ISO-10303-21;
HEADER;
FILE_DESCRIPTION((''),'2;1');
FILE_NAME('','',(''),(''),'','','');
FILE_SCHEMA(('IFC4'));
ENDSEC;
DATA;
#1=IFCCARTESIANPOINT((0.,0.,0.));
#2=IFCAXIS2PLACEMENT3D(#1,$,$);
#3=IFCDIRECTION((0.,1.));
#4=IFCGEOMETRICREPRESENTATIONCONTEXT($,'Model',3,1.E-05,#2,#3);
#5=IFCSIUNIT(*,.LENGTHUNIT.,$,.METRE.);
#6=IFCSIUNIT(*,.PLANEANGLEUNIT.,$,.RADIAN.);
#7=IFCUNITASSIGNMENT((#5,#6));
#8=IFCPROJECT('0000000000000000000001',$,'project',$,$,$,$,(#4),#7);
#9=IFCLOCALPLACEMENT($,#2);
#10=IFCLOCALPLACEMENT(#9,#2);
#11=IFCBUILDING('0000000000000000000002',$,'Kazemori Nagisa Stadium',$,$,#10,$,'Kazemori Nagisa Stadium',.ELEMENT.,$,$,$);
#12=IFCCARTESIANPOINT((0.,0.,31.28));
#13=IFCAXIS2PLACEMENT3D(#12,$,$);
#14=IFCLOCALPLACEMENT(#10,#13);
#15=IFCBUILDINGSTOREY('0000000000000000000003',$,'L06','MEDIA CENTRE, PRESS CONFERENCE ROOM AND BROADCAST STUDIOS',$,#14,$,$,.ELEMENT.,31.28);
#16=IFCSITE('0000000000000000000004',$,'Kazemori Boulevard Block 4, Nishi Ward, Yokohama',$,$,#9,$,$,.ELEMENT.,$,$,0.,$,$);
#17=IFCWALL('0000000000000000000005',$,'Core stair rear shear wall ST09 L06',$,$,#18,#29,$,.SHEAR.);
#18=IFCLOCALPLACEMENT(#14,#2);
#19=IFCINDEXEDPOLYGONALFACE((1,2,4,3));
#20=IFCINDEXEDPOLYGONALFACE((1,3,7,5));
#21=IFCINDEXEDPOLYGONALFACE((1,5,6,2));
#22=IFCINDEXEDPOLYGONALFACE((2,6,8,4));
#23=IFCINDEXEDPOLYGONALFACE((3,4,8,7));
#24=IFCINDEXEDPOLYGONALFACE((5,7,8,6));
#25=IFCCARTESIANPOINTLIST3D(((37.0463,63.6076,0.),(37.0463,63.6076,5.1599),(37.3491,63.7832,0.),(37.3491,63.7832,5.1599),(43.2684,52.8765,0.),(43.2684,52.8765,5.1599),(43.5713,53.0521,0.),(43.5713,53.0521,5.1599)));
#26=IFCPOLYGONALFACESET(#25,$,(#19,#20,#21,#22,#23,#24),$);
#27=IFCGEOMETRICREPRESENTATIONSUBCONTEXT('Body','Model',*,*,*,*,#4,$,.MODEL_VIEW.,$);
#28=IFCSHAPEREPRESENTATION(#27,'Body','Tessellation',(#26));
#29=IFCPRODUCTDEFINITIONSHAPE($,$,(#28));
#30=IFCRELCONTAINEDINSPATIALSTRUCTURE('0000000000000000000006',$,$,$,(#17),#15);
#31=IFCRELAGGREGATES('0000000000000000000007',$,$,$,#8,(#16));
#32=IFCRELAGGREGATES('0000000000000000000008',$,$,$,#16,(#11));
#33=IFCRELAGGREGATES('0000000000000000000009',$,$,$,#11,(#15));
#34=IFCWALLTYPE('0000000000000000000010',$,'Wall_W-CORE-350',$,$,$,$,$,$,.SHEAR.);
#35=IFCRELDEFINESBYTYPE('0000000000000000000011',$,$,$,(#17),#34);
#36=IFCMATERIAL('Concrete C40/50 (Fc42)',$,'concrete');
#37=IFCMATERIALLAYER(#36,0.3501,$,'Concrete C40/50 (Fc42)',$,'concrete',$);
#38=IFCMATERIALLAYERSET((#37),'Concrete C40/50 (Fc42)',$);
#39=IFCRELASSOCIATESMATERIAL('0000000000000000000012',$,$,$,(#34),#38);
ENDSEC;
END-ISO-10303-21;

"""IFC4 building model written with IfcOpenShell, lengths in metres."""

from ifc_helpers import new_model, si_unit, direction, frame, frame_2d, origin, place, context, subcontext, project, spatial, rectangle, extrude, material, layer, layer_set, type_object, element, save


model = new_model("IFC4")

# Units and contexts
model_context = context("Model", 3, precision=1e-05, world=origin(), true_north=direction((0.0, 1.0)))
body_context = subcontext(model_context, "Body", "Model", "MODEL_VIEW")
ifc_project = project(units=[si_unit("LENGTHUNIT", "METRE"), si_unit("PLANEANGLEUNIT", "RADIAN")], contexts=[model_context])

# Site, building, storey
site_placement = place(None, origin())
site = spatial("IfcSite", under=ifc_project, at=site_placement, Name="Kazemori Boulevard Block 4, Nishi Ward, Yokohama", CompositionType="ELEMENT", RefElevation=0.0)
building_placement = place(site_placement, origin())
building = spatial("IfcBuilding", under=site, at=building_placement, Name="Kazemori Nagisa Stadium", LongName="Kazemori Nagisa Stadium", CompositionType="ELEMENT")
storey_placement = place(building_placement, frame((0.0, 0.0, 31.28)))
storey = spatial("IfcBuildingStorey", under=building, at=storey_placement, Name="L06", Description="MEDIA CENTRE, PRESS CONFERENCE ROOM AND BROADCAST STUDIOS", CompositionType="ELEMENT", Elevation=31.28)

# Wall
ifc_material_1 = material(Name="Concrete C40/50 (Fc42)", Category="concrete")
ifc_layer_1 = layer(ifc_material_1, 0.3501, Name="Concrete C40/50 (Fc42)", Category="concrete")
ifc_layer_set_1 = layer_set([ifc_layer_1], Name="Concrete C40/50 (Fc42)")
wall_type = type_object("IfcWallType", Name="Wall_W-CORE-350", PredefinedType="SHEAR", material=ifc_layer_set_1)
wall_placement = place(storey_placement, frame((37.1978, 63.6953, 0.0), z_axis=(0.0, 0.0, 1.0), x_axis=(0.501602, -0.865099, 0.0)))
element("IfcWall", 1, at=wall_placement, inside=storey, type_object=wall_type, Name="Core stair rear shear wall ST09 L06", PredefinedType="SHEAR", context=body_context, shape_type="SweptSolid", body=[
    extrude(rectangle(XDim=12.4045, YDim=0.3501, at=frame_2d((6.2021, 0.0))), origin(), (0.0, 0.0, 1.0), 5.1599),
])

save(model, "model.ifc")
